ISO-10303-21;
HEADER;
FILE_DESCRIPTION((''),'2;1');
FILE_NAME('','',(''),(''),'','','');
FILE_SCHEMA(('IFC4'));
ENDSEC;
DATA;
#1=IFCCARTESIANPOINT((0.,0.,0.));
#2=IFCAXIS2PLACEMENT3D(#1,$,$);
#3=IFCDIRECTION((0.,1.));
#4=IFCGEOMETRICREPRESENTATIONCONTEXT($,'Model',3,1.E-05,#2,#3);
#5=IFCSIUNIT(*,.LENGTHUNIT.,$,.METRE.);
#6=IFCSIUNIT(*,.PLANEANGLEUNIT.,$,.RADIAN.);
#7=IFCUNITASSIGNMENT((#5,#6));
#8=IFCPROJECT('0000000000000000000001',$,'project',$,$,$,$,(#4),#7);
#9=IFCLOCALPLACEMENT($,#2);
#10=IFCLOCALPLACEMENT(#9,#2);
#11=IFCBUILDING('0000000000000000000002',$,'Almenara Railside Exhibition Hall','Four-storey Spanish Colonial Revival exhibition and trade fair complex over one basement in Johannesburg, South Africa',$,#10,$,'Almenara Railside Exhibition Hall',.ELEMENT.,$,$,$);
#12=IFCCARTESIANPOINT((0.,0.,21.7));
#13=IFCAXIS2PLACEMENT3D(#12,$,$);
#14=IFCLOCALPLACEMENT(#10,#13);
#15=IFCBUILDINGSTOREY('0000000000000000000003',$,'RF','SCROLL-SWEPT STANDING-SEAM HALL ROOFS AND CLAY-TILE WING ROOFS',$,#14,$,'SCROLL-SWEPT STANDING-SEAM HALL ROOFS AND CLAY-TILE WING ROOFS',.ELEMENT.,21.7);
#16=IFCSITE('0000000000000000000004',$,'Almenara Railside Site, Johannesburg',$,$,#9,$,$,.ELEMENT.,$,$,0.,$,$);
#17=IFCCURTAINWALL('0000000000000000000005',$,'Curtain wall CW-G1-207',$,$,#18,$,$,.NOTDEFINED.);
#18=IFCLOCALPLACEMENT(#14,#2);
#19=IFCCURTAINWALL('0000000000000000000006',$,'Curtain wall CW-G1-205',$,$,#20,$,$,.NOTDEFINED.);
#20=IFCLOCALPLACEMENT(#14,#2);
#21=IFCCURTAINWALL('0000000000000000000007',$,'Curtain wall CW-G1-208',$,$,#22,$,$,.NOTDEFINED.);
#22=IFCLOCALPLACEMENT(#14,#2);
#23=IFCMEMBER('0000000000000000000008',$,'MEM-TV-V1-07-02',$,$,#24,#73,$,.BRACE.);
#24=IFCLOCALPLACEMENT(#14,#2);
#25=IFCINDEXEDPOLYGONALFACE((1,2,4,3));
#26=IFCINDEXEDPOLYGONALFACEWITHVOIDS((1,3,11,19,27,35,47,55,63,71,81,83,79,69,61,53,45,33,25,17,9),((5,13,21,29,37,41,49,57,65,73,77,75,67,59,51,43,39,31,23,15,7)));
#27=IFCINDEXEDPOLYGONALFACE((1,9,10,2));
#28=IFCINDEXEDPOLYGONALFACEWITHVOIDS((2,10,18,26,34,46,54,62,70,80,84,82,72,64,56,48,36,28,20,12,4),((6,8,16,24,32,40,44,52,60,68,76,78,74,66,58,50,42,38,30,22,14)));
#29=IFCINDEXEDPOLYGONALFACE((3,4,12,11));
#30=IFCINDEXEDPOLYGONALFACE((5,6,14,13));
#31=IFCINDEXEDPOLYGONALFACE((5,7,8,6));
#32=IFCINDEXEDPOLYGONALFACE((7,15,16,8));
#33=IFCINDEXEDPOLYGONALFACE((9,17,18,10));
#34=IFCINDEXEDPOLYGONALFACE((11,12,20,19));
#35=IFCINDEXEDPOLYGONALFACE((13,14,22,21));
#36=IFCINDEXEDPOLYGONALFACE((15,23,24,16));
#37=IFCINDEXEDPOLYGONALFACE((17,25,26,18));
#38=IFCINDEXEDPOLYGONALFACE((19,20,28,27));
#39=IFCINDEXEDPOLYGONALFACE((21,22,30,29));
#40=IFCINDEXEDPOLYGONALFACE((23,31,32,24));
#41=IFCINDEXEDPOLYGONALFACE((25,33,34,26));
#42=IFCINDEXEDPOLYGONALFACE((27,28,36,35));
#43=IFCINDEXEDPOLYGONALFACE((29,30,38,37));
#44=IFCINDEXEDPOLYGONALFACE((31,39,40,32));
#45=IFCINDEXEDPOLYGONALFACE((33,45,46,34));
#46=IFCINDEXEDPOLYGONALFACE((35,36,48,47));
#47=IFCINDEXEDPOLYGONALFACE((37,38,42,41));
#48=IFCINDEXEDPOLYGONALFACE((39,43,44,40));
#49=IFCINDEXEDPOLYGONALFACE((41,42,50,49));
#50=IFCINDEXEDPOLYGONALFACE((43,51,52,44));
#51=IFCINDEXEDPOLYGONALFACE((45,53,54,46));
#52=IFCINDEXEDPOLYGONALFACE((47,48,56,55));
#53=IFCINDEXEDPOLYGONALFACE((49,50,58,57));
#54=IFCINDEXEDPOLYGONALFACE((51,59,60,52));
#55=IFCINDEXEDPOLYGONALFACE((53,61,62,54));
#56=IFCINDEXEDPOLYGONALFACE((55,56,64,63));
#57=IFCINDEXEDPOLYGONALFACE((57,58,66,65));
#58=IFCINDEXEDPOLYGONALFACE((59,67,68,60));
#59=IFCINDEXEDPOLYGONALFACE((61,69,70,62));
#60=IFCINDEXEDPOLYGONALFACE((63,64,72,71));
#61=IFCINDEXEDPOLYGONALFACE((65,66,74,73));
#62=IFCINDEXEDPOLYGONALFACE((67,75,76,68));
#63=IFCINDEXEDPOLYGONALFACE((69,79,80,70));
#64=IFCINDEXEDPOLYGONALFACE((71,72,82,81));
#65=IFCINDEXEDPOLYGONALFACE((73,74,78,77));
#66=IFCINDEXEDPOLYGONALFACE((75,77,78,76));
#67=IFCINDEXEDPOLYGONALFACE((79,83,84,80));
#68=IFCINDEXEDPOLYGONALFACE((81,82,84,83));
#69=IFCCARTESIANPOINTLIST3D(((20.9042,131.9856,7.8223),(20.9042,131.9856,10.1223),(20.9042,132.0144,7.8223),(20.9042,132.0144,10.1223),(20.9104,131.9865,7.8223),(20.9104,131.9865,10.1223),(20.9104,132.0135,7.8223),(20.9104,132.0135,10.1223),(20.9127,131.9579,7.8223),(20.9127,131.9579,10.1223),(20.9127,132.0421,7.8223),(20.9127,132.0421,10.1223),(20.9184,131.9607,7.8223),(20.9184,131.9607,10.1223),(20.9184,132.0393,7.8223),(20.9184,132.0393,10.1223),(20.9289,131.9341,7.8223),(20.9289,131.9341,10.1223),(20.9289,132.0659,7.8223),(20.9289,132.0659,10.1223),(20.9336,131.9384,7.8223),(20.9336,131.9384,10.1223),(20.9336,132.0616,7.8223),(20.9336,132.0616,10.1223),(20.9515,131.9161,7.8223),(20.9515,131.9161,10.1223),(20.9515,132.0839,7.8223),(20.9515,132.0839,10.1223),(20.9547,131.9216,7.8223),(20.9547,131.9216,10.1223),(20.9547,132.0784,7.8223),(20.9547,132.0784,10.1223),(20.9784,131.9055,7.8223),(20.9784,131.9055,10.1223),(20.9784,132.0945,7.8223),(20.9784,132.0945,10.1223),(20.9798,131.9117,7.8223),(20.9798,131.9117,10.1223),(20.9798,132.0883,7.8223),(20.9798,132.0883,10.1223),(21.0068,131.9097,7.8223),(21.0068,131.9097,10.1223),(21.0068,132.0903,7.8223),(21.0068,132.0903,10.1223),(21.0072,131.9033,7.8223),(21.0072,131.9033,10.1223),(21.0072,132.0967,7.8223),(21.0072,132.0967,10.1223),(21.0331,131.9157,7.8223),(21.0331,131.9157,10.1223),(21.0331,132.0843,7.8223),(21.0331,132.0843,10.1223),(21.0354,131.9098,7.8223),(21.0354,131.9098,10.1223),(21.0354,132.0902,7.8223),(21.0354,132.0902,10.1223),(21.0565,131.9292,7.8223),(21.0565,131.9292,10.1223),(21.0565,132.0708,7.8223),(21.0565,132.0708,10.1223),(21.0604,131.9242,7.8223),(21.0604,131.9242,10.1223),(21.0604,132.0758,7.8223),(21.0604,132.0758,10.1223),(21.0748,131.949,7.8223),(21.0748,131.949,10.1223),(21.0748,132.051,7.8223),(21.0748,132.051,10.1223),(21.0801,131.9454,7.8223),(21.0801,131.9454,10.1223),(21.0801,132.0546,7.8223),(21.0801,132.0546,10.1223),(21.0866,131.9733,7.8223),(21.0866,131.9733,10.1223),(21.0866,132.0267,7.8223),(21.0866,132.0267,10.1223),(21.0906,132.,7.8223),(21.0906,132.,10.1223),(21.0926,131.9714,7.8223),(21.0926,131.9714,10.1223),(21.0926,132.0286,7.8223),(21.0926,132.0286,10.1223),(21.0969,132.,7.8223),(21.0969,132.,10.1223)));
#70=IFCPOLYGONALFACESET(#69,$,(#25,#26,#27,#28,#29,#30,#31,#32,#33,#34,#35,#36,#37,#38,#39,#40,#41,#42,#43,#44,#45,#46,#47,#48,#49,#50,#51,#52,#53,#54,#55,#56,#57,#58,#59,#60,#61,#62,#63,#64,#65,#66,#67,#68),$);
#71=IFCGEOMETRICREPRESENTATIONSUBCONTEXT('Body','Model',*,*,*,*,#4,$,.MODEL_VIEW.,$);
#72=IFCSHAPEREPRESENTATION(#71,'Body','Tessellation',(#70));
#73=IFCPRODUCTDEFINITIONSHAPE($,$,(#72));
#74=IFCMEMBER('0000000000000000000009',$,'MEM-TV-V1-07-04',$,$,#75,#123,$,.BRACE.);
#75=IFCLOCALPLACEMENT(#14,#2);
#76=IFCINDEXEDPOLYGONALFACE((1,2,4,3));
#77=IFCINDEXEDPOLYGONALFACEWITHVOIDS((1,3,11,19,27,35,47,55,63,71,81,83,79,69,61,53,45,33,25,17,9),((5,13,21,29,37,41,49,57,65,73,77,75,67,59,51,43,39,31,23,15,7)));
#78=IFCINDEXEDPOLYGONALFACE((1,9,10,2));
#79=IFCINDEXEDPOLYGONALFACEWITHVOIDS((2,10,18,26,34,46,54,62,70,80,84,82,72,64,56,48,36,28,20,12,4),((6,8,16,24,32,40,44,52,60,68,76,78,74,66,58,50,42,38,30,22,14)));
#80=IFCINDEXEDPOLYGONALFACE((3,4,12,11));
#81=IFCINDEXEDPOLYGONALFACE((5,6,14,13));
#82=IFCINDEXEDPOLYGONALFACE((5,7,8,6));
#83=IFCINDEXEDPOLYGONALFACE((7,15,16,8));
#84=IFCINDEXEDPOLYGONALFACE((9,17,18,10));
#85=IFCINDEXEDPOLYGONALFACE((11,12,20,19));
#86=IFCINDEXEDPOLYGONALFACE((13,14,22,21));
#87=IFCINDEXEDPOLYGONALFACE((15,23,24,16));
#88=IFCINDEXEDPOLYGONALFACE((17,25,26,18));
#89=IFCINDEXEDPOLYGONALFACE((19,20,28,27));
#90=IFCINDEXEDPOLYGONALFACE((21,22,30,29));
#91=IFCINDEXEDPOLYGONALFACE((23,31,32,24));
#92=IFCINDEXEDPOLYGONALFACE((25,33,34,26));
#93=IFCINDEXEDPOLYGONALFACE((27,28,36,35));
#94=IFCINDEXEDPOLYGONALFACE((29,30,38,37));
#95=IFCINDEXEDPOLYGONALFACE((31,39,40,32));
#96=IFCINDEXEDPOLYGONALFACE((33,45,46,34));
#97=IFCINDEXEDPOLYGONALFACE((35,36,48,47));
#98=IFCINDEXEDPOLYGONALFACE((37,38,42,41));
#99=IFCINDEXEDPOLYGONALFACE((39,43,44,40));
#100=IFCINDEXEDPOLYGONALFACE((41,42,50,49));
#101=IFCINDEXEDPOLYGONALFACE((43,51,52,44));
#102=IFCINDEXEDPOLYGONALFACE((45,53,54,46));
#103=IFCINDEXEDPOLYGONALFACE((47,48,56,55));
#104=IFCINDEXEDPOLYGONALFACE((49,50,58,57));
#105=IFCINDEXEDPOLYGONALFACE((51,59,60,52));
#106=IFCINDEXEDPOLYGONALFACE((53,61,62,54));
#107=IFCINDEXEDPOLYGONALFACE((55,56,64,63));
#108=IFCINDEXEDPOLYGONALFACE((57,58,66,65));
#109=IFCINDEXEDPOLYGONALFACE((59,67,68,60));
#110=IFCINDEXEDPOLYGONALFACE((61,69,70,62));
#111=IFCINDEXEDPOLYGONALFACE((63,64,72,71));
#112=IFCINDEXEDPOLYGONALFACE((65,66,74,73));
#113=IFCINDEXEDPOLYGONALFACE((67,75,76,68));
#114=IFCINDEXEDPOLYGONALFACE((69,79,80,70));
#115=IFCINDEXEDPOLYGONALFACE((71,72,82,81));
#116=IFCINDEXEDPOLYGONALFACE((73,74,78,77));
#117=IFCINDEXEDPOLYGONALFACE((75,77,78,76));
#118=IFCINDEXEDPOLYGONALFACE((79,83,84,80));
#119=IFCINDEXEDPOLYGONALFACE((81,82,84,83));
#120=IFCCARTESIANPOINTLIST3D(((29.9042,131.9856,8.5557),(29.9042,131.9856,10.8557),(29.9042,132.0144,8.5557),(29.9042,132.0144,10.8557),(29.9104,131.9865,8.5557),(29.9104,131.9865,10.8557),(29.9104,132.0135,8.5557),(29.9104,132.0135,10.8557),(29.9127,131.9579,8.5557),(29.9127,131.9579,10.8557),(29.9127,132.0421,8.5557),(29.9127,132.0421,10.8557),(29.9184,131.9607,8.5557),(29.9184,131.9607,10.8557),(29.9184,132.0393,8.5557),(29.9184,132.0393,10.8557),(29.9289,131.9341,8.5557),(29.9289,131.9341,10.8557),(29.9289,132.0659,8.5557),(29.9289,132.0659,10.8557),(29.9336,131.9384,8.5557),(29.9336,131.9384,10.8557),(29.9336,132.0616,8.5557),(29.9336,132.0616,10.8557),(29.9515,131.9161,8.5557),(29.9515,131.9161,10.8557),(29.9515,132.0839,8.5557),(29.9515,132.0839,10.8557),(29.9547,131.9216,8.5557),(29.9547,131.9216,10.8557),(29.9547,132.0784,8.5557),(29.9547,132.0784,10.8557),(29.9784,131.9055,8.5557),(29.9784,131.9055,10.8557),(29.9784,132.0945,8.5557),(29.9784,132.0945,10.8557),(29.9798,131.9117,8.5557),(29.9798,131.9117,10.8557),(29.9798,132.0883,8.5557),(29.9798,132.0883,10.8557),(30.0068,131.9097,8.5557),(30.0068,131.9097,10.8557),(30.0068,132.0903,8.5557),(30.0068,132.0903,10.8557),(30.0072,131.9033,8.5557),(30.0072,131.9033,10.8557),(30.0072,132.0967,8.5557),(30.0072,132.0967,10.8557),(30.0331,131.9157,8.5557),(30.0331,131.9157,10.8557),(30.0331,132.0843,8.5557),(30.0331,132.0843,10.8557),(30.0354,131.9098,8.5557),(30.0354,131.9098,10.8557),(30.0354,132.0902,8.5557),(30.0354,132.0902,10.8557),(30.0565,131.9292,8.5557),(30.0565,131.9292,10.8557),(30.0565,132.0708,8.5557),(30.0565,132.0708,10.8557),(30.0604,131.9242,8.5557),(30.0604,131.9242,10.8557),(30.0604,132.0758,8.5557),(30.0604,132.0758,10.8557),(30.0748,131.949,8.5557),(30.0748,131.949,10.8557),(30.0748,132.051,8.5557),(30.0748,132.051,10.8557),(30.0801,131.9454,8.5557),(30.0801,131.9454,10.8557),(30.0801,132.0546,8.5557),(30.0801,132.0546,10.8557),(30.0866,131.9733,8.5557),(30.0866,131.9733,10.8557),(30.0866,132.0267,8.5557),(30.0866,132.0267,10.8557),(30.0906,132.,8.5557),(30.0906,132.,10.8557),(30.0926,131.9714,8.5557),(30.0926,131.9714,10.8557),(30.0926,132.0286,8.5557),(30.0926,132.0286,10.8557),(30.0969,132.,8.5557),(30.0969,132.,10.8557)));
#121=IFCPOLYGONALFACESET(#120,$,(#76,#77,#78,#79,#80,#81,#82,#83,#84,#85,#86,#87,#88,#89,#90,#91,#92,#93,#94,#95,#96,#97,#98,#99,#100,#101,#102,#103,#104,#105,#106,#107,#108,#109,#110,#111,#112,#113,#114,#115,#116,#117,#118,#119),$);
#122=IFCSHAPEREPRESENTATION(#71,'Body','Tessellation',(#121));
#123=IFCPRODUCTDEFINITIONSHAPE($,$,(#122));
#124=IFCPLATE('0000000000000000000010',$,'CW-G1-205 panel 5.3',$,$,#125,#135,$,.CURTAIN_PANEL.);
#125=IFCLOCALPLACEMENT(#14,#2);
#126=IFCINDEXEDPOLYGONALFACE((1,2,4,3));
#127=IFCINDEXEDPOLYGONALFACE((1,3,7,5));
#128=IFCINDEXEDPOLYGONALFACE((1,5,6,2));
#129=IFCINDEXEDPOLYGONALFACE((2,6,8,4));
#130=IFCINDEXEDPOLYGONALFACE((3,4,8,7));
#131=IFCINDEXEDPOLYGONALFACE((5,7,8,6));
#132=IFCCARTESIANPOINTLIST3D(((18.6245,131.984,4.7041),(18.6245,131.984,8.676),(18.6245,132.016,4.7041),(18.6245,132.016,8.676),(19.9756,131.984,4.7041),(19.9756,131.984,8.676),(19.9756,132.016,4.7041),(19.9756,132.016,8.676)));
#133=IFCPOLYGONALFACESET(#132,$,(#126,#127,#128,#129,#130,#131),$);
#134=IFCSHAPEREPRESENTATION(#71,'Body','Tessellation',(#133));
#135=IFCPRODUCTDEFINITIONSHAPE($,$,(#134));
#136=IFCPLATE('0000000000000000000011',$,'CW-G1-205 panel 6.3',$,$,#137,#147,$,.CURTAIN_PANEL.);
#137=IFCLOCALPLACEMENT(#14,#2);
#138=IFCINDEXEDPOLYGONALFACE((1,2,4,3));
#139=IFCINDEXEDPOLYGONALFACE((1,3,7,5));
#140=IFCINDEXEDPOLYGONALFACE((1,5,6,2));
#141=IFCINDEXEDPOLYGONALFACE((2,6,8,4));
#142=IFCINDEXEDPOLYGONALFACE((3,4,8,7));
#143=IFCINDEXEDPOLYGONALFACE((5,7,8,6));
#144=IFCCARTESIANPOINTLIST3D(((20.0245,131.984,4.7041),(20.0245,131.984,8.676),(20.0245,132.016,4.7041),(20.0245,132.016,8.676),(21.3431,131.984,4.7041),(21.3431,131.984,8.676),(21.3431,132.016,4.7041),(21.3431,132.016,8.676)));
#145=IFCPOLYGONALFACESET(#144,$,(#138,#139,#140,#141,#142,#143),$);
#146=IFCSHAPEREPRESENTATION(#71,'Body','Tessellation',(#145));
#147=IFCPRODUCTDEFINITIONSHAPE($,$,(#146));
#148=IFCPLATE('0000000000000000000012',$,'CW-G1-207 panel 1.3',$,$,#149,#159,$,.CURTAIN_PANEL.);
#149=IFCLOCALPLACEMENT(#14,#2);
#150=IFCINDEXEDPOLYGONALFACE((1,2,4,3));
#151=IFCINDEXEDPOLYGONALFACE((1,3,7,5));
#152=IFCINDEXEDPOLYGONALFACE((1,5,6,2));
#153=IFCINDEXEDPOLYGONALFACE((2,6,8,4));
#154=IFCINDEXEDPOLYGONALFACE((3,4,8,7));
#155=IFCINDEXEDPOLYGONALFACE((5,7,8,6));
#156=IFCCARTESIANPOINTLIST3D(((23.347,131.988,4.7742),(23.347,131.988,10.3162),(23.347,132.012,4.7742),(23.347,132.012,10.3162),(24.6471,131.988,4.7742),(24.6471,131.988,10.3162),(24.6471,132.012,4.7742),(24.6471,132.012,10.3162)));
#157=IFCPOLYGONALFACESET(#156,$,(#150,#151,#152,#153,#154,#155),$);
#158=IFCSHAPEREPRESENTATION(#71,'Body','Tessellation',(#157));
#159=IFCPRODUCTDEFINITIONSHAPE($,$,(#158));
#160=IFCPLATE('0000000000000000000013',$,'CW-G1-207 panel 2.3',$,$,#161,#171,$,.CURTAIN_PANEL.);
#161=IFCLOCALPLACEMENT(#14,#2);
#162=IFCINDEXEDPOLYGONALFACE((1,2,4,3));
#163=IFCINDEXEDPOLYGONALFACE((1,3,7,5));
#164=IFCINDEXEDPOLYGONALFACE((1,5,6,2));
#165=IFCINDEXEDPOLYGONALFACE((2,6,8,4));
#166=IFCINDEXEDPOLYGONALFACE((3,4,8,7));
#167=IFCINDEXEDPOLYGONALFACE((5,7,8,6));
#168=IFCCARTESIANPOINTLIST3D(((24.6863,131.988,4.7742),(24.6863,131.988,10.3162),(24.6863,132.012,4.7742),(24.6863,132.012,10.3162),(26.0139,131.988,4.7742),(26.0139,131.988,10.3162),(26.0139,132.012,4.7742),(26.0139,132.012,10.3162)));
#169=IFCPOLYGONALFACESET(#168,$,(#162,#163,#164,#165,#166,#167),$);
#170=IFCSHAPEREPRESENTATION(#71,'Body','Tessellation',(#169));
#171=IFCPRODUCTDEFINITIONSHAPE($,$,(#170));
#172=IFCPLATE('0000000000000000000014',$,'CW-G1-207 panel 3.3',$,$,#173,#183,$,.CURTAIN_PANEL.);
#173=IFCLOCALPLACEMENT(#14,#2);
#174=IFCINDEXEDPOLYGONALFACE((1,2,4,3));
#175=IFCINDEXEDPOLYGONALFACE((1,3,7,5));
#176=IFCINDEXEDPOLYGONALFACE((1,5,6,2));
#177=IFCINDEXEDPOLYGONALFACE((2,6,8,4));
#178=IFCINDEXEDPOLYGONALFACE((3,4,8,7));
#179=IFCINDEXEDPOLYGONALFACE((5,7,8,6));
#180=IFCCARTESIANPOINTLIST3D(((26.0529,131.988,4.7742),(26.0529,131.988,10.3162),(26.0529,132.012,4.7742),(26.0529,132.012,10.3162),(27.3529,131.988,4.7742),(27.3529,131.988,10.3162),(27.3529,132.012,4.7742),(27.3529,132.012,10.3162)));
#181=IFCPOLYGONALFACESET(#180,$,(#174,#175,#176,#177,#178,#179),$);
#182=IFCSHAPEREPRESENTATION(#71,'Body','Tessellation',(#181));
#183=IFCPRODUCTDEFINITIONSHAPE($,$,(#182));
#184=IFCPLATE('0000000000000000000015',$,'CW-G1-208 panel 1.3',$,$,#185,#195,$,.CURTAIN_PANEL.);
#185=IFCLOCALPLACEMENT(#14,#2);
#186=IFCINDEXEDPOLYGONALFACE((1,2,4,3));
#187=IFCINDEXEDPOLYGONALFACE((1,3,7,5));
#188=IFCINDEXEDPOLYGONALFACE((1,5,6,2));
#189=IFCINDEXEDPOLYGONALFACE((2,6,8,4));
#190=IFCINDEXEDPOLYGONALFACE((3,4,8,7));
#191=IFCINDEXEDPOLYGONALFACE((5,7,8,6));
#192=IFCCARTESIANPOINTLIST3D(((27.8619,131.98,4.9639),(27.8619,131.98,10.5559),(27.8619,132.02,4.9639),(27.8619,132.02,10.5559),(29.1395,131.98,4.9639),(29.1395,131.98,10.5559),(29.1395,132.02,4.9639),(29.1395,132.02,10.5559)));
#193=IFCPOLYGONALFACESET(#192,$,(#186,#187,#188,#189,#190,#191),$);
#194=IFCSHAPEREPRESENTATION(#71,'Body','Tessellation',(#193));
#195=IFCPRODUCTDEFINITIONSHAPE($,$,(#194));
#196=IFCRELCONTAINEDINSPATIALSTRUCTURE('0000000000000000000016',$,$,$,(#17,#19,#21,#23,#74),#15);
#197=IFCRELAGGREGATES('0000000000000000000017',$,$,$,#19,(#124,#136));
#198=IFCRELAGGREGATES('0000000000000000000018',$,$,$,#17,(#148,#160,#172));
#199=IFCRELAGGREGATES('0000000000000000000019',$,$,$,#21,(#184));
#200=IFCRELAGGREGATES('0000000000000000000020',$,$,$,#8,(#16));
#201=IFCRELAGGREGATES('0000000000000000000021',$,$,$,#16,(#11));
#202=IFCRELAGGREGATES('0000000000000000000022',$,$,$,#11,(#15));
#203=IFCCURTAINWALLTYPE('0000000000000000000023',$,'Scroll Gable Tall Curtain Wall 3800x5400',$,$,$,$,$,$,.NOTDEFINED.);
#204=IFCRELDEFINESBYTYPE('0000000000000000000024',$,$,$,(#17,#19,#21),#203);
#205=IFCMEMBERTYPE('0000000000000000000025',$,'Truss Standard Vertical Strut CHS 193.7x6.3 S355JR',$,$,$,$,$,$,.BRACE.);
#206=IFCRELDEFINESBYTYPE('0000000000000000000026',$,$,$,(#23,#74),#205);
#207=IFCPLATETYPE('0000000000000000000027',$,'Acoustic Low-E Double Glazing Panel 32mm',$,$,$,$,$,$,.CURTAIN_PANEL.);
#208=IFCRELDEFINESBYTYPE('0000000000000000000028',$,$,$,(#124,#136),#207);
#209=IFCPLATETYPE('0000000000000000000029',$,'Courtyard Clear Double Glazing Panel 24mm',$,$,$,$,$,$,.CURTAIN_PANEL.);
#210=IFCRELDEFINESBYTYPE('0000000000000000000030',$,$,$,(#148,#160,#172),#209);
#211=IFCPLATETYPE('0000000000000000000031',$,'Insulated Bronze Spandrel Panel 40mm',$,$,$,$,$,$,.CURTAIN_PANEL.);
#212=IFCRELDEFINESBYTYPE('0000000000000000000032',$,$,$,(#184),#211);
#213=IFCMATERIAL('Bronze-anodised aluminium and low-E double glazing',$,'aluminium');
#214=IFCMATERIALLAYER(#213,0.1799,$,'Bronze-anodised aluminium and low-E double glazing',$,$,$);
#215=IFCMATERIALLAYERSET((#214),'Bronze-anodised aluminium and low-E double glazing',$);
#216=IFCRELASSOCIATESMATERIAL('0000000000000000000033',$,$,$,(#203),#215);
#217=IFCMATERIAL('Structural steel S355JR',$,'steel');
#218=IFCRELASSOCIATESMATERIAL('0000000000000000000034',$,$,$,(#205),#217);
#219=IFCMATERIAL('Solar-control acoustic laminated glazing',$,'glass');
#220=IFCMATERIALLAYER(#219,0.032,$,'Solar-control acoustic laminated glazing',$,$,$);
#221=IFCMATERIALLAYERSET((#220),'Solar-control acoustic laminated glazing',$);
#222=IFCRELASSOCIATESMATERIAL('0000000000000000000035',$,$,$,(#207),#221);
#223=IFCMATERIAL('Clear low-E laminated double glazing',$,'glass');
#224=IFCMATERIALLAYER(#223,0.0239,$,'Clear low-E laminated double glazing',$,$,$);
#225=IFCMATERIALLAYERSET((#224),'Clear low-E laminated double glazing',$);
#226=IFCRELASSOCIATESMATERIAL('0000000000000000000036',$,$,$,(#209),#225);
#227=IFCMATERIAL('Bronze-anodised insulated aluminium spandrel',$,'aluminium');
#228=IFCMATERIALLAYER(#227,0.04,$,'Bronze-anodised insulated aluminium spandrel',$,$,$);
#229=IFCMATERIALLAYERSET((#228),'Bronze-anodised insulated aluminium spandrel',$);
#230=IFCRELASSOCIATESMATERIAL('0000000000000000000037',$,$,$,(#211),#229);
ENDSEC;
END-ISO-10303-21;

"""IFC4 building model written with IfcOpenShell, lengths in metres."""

from ifc_helpers import new_model, si_unit, direction, frame, origin, origin_2d, place, context, subcontext, project, spatial, rectangle, hollow_circle, extrude, material, layer, layer_set, material_profile, profile_set, type_object, element, aggregate, save


model = new_model("IFC4")

# Units and contexts
model_context = context("Model", 3, precision=1e-05, world=origin(), true_north=direction((0.0, 1.0)))
body_context = subcontext(model_context, "Body", "Model", "MODEL_VIEW")
ifc_project = project(units=[si_unit("LENGTHUNIT", "METRE"), si_unit("PLANEANGLEUNIT", "RADIAN")], contexts=[model_context])

# Site, building, storey
site_placement = place(None, origin())
site = spatial("IfcSite", under=ifc_project, at=site_placement, Name="Almenara Railside Site, Johannesburg", CompositionType="ELEMENT", RefElevation=0.0)
building_placement = place(site_placement, origin())
building = spatial("IfcBuilding", under=site, at=building_placement, Name="Almenara Railside Exhibition Hall", Description="Four-storey Spanish Colonial Revival exhibition and trade fair complex over one basement in Johannesburg, South Africa", LongName="Almenara Railside Exhibition Hall", CompositionType="ELEMENT")
storey_placement = place(building_placement, frame((0.0, 0.0, 21.7)))
storey = spatial("IfcBuildingStorey", under=building, at=storey_placement, Name="RF", Description="SCROLL-SWEPT STANDING-SEAM HALL ROOFS AND CLAY-TILE WING ROOFS", LongName="SCROLL-SWEPT STANDING-SEAM HALL ROOFS AND CLAY-TILE WING ROOFS", CompositionType="ELEMENT", Elevation=21.7)

# Shared definitions
ifc_material_1 = material(Name="Structural steel S355JR", Category="steel")

# Curtain wall
ifc_material_2 = material(Name="Bronze-anodised aluminium and low-E double glazing", Category="aluminium")
ifc_layer_1 = layer(ifc_material_2, 0.1799, Name="Bronze-anodised aluminium and low-E double glazing")
ifc_layer_set_1 = layer_set([ifc_layer_1], Name="Bronze-anodised aluminium and low-E double glazing")
curtain_wall_type = type_object("IfcCurtainWallType", Name="Scroll Gable Tall Curtain Wall 3800x5400", PredefinedType="NOTDEFINED", material=ifc_layer_set_1)
curtain_wall_1_placement = place(storey_placement, origin())
curtain_wall_1 = element("IfcCurtainWall", 1, at=curtain_wall_1_placement, inside=storey, type_object=curtain_wall_type, Name="Curtain wall CW-G1-207", PredefinedType="NOTDEFINED")

# Curtain wall
curtain_wall_2_placement = place(storey_placement, origin())
curtain_wall_2 = element("IfcCurtainWall", 2, at=curtain_wall_2_placement, inside=storey, type_object=curtain_wall_type, Name="Curtain wall CW-G1-205", PredefinedType="NOTDEFINED")

# Curtain wall
curtain_wall_3_placement = place(storey_placement, origin())
curtain_wall_3 = element("IfcCurtainWall", 3, at=curtain_wall_3_placement, inside=storey, type_object=curtain_wall_type, Name="Curtain wall CW-G1-208", PredefinedType="NOTDEFINED")

# Members
ifc_material_profile_1 = material_profile(ifc_material_1, hollow_circle(Radius=0.0969, WallThickness=0.0063, at=origin_2d()), Name="CHS 193.7x6.3")
ifc_profile_set_1 = profile_set([ifc_material_profile_1], Name="Structural steel S355JR")
member_type_1 = type_object("IfcMemberType", Name="Truss Standard Vertical Strut CHS 193.7x6.3 S355JR", PredefinedType="BRACE", material=ifc_profile_set_1)
for number, where, z_axis, x_axis, name in (
    (4, (21.0, 132.0, 7.8223), (0.0, 0.0, 1.0), (1.0, 0.0, 0.0), "MEM-TV-V1-07-02"),
    (5, (30.0, 132.0, 8.5557), (0.0, 0.0, 1.0), (1.0, 0.0, 0.0), "MEM-TV-V1-07-04"),
):
    element("IfcMember", number, at=place(storey_placement, frame(where, z_axis=z_axis, x_axis=x_axis)), inside=storey, type_object=member_type_1, Name=name, PredefinedType="BRACE", context=body_context, shape_type="SweptSolid", body=[
        extrude(hollow_circle(Radius=0.0969, WallThickness=0.0063, at=origin_2d()), origin(), (0.0, 0.0, 1.0), 2.3),
    ])

# Plates
ifc_material_3 = material(Name="Solar-control acoustic laminated glazing", Category="glass")
ifc_layer_2 = layer(ifc_material_3, 0.032, Name="Solar-control acoustic laminated glazing")
ifc_layer_set_2 = layer_set([ifc_layer_2], Name="Solar-control acoustic laminated glazing")
plate_type_1 = type_object("IfcPlateType", Name="Acoustic Low-E Double Glazing Panel 32mm", PredefinedType="CURTAIN_PANEL", material=ifc_layer_set_2)
plate_1_placement = place(storey_placement, frame((19.3, 132.0, 4.7041), z_axis=(0.0, 0.0, 1.0), x_axis=(1.0, 0.0, 0.0)))
plate_1 = element("IfcPlate", 6, at=plate_1_placement, type_object=plate_type_1, Name="CW-G1-205 panel 5.3", PredefinedType="CURTAIN_PANEL", context=body_context, shape_type="SweptSolid", body=[
    extrude(rectangle(XDim=1.3511, YDim=0.032, at=origin_2d()), origin(), (0.0, 0.0, 1.0), 3.9719),
])
plate_2_placement = place(storey_placement, frame((20.6838, 132.0, 4.7041), z_axis=(0.0, 0.0, 1.0), x_axis=(1.0, 0.0, 0.0)))
plate_2 = element("IfcPlate", 7, at=plate_2_placement, type_object=plate_type_1, Name="CW-G1-205 panel 6.3", PredefinedType="CURTAIN_PANEL", context=body_context, shape_type="SweptSolid", body=[
    extrude(rectangle(XDim=1.3186, YDim=0.032, at=origin_2d()), origin(), (0.0, 0.0, 1.0), 3.9719),
])
aggregate(curtain_wall_2, [plate_1, plate_2])
ifc_material_4 = material(Name="Clear low-E laminated double glazing", Category="glass")
ifc_layer_3 = layer(ifc_material_4, 0.0239, Name="Clear low-E laminated double glazing")
ifc_layer_set_3 = layer_set([ifc_layer_3], Name="Clear low-E laminated double glazing")
plate_type_2 = type_object("IfcPlateType", Name="Courtyard Clear Double Glazing Panel 24mm", PredefinedType="CURTAIN_PANEL", material=ifc_layer_set_3)
plate_3_placement = place(storey_placement, frame((23.9971, 132.0, 4.7742), z_axis=(0.0, 0.0, 1.0), x_axis=(1.0, 0.0, 0.0)))
plate_3 = element("IfcPlate", 8, at=plate_3_placement, type_object=plate_type_2, Name="CW-G1-207 panel 1.3", PredefinedType="CURTAIN_PANEL", context=body_context, shape_type="SweptSolid", body=[
    extrude(rectangle(XDim=1.3, YDim=0.0239, at=origin_2d()), origin(), (0.0, 0.0, 1.0), 5.542),
])
plate_4_placement = place(storey_placement, frame((25.3501, 132.0, 4.7742), z_axis=(0.0, 0.0, 1.0), x_axis=(1.0, 0.0, 0.0)))
plate_4 = element("IfcPlate", 9, at=plate_4_placement, type_object=plate_type_2, Name="CW-G1-207 panel 2.3", PredefinedType="CURTAIN_PANEL", context=body_context, shape_type="SweptSolid", body=[
    extrude(rectangle(XDim=1.3276, YDim=0.0239, at=origin_2d()), origin(), (0.0, 0.0, 1.0), 5.542),
])
plate_5_placement = place(storey_placement, frame((26.7029, 132.0, 4.7742), z_axis=(0.0, 0.0, 1.0), x_axis=(1.0, 0.0, 0.0)))
plate_5 = element("IfcPlate", 10, at=plate_5_placement, type_object=plate_type_2, Name="CW-G1-207 panel 3.3", PredefinedType="CURTAIN_PANEL", context=body_context, shape_type="SweptSolid", body=[
    extrude(rectangle(XDim=1.3, YDim=0.0239, at=origin_2d()), origin(), (0.0, 0.0, 1.0), 5.542),
])
aggregate(curtain_wall_1, [plate_3, plate_4, plate_5])
ifc_material_5 = material(Name="Bronze-anodised insulated aluminium spandrel", Category="aluminium")
ifc_layer_4 = layer(ifc_material_5, 0.04, Name="Bronze-anodised insulated aluminium spandrel")
ifc_layer_set_4 = layer_set([ifc_layer_4], Name="Bronze-anodised insulated aluminium spandrel")
plate_type_3 = type_object("IfcPlateType", Name="Insulated Bronze Spandrel Panel 40mm", PredefinedType="CURTAIN_PANEL", material=ifc_layer_set_4)
plate_6_placement = place(storey_placement, frame((28.5007, 132.0, 4.9639), z_axis=(0.0, 0.0, 1.0), x_axis=(1.0, 0.0, 0.0)))
plate_6 = element("IfcPlate", 11, at=plate_6_placement, type_object=plate_type_3, Name="CW-G1-208 panel 1.3", PredefinedType="CURTAIN_PANEL", context=body_context, shape_type="SweptSolid", body=[
    extrude(rectangle(XDim=1.2776, YDim=0.04, at=origin_2d()), origin(), (0.0, 0.0, 1.0), 5.592),
])
aggregate(curtain_wall_3, [plate_6])

save(model, "model.ifc")
